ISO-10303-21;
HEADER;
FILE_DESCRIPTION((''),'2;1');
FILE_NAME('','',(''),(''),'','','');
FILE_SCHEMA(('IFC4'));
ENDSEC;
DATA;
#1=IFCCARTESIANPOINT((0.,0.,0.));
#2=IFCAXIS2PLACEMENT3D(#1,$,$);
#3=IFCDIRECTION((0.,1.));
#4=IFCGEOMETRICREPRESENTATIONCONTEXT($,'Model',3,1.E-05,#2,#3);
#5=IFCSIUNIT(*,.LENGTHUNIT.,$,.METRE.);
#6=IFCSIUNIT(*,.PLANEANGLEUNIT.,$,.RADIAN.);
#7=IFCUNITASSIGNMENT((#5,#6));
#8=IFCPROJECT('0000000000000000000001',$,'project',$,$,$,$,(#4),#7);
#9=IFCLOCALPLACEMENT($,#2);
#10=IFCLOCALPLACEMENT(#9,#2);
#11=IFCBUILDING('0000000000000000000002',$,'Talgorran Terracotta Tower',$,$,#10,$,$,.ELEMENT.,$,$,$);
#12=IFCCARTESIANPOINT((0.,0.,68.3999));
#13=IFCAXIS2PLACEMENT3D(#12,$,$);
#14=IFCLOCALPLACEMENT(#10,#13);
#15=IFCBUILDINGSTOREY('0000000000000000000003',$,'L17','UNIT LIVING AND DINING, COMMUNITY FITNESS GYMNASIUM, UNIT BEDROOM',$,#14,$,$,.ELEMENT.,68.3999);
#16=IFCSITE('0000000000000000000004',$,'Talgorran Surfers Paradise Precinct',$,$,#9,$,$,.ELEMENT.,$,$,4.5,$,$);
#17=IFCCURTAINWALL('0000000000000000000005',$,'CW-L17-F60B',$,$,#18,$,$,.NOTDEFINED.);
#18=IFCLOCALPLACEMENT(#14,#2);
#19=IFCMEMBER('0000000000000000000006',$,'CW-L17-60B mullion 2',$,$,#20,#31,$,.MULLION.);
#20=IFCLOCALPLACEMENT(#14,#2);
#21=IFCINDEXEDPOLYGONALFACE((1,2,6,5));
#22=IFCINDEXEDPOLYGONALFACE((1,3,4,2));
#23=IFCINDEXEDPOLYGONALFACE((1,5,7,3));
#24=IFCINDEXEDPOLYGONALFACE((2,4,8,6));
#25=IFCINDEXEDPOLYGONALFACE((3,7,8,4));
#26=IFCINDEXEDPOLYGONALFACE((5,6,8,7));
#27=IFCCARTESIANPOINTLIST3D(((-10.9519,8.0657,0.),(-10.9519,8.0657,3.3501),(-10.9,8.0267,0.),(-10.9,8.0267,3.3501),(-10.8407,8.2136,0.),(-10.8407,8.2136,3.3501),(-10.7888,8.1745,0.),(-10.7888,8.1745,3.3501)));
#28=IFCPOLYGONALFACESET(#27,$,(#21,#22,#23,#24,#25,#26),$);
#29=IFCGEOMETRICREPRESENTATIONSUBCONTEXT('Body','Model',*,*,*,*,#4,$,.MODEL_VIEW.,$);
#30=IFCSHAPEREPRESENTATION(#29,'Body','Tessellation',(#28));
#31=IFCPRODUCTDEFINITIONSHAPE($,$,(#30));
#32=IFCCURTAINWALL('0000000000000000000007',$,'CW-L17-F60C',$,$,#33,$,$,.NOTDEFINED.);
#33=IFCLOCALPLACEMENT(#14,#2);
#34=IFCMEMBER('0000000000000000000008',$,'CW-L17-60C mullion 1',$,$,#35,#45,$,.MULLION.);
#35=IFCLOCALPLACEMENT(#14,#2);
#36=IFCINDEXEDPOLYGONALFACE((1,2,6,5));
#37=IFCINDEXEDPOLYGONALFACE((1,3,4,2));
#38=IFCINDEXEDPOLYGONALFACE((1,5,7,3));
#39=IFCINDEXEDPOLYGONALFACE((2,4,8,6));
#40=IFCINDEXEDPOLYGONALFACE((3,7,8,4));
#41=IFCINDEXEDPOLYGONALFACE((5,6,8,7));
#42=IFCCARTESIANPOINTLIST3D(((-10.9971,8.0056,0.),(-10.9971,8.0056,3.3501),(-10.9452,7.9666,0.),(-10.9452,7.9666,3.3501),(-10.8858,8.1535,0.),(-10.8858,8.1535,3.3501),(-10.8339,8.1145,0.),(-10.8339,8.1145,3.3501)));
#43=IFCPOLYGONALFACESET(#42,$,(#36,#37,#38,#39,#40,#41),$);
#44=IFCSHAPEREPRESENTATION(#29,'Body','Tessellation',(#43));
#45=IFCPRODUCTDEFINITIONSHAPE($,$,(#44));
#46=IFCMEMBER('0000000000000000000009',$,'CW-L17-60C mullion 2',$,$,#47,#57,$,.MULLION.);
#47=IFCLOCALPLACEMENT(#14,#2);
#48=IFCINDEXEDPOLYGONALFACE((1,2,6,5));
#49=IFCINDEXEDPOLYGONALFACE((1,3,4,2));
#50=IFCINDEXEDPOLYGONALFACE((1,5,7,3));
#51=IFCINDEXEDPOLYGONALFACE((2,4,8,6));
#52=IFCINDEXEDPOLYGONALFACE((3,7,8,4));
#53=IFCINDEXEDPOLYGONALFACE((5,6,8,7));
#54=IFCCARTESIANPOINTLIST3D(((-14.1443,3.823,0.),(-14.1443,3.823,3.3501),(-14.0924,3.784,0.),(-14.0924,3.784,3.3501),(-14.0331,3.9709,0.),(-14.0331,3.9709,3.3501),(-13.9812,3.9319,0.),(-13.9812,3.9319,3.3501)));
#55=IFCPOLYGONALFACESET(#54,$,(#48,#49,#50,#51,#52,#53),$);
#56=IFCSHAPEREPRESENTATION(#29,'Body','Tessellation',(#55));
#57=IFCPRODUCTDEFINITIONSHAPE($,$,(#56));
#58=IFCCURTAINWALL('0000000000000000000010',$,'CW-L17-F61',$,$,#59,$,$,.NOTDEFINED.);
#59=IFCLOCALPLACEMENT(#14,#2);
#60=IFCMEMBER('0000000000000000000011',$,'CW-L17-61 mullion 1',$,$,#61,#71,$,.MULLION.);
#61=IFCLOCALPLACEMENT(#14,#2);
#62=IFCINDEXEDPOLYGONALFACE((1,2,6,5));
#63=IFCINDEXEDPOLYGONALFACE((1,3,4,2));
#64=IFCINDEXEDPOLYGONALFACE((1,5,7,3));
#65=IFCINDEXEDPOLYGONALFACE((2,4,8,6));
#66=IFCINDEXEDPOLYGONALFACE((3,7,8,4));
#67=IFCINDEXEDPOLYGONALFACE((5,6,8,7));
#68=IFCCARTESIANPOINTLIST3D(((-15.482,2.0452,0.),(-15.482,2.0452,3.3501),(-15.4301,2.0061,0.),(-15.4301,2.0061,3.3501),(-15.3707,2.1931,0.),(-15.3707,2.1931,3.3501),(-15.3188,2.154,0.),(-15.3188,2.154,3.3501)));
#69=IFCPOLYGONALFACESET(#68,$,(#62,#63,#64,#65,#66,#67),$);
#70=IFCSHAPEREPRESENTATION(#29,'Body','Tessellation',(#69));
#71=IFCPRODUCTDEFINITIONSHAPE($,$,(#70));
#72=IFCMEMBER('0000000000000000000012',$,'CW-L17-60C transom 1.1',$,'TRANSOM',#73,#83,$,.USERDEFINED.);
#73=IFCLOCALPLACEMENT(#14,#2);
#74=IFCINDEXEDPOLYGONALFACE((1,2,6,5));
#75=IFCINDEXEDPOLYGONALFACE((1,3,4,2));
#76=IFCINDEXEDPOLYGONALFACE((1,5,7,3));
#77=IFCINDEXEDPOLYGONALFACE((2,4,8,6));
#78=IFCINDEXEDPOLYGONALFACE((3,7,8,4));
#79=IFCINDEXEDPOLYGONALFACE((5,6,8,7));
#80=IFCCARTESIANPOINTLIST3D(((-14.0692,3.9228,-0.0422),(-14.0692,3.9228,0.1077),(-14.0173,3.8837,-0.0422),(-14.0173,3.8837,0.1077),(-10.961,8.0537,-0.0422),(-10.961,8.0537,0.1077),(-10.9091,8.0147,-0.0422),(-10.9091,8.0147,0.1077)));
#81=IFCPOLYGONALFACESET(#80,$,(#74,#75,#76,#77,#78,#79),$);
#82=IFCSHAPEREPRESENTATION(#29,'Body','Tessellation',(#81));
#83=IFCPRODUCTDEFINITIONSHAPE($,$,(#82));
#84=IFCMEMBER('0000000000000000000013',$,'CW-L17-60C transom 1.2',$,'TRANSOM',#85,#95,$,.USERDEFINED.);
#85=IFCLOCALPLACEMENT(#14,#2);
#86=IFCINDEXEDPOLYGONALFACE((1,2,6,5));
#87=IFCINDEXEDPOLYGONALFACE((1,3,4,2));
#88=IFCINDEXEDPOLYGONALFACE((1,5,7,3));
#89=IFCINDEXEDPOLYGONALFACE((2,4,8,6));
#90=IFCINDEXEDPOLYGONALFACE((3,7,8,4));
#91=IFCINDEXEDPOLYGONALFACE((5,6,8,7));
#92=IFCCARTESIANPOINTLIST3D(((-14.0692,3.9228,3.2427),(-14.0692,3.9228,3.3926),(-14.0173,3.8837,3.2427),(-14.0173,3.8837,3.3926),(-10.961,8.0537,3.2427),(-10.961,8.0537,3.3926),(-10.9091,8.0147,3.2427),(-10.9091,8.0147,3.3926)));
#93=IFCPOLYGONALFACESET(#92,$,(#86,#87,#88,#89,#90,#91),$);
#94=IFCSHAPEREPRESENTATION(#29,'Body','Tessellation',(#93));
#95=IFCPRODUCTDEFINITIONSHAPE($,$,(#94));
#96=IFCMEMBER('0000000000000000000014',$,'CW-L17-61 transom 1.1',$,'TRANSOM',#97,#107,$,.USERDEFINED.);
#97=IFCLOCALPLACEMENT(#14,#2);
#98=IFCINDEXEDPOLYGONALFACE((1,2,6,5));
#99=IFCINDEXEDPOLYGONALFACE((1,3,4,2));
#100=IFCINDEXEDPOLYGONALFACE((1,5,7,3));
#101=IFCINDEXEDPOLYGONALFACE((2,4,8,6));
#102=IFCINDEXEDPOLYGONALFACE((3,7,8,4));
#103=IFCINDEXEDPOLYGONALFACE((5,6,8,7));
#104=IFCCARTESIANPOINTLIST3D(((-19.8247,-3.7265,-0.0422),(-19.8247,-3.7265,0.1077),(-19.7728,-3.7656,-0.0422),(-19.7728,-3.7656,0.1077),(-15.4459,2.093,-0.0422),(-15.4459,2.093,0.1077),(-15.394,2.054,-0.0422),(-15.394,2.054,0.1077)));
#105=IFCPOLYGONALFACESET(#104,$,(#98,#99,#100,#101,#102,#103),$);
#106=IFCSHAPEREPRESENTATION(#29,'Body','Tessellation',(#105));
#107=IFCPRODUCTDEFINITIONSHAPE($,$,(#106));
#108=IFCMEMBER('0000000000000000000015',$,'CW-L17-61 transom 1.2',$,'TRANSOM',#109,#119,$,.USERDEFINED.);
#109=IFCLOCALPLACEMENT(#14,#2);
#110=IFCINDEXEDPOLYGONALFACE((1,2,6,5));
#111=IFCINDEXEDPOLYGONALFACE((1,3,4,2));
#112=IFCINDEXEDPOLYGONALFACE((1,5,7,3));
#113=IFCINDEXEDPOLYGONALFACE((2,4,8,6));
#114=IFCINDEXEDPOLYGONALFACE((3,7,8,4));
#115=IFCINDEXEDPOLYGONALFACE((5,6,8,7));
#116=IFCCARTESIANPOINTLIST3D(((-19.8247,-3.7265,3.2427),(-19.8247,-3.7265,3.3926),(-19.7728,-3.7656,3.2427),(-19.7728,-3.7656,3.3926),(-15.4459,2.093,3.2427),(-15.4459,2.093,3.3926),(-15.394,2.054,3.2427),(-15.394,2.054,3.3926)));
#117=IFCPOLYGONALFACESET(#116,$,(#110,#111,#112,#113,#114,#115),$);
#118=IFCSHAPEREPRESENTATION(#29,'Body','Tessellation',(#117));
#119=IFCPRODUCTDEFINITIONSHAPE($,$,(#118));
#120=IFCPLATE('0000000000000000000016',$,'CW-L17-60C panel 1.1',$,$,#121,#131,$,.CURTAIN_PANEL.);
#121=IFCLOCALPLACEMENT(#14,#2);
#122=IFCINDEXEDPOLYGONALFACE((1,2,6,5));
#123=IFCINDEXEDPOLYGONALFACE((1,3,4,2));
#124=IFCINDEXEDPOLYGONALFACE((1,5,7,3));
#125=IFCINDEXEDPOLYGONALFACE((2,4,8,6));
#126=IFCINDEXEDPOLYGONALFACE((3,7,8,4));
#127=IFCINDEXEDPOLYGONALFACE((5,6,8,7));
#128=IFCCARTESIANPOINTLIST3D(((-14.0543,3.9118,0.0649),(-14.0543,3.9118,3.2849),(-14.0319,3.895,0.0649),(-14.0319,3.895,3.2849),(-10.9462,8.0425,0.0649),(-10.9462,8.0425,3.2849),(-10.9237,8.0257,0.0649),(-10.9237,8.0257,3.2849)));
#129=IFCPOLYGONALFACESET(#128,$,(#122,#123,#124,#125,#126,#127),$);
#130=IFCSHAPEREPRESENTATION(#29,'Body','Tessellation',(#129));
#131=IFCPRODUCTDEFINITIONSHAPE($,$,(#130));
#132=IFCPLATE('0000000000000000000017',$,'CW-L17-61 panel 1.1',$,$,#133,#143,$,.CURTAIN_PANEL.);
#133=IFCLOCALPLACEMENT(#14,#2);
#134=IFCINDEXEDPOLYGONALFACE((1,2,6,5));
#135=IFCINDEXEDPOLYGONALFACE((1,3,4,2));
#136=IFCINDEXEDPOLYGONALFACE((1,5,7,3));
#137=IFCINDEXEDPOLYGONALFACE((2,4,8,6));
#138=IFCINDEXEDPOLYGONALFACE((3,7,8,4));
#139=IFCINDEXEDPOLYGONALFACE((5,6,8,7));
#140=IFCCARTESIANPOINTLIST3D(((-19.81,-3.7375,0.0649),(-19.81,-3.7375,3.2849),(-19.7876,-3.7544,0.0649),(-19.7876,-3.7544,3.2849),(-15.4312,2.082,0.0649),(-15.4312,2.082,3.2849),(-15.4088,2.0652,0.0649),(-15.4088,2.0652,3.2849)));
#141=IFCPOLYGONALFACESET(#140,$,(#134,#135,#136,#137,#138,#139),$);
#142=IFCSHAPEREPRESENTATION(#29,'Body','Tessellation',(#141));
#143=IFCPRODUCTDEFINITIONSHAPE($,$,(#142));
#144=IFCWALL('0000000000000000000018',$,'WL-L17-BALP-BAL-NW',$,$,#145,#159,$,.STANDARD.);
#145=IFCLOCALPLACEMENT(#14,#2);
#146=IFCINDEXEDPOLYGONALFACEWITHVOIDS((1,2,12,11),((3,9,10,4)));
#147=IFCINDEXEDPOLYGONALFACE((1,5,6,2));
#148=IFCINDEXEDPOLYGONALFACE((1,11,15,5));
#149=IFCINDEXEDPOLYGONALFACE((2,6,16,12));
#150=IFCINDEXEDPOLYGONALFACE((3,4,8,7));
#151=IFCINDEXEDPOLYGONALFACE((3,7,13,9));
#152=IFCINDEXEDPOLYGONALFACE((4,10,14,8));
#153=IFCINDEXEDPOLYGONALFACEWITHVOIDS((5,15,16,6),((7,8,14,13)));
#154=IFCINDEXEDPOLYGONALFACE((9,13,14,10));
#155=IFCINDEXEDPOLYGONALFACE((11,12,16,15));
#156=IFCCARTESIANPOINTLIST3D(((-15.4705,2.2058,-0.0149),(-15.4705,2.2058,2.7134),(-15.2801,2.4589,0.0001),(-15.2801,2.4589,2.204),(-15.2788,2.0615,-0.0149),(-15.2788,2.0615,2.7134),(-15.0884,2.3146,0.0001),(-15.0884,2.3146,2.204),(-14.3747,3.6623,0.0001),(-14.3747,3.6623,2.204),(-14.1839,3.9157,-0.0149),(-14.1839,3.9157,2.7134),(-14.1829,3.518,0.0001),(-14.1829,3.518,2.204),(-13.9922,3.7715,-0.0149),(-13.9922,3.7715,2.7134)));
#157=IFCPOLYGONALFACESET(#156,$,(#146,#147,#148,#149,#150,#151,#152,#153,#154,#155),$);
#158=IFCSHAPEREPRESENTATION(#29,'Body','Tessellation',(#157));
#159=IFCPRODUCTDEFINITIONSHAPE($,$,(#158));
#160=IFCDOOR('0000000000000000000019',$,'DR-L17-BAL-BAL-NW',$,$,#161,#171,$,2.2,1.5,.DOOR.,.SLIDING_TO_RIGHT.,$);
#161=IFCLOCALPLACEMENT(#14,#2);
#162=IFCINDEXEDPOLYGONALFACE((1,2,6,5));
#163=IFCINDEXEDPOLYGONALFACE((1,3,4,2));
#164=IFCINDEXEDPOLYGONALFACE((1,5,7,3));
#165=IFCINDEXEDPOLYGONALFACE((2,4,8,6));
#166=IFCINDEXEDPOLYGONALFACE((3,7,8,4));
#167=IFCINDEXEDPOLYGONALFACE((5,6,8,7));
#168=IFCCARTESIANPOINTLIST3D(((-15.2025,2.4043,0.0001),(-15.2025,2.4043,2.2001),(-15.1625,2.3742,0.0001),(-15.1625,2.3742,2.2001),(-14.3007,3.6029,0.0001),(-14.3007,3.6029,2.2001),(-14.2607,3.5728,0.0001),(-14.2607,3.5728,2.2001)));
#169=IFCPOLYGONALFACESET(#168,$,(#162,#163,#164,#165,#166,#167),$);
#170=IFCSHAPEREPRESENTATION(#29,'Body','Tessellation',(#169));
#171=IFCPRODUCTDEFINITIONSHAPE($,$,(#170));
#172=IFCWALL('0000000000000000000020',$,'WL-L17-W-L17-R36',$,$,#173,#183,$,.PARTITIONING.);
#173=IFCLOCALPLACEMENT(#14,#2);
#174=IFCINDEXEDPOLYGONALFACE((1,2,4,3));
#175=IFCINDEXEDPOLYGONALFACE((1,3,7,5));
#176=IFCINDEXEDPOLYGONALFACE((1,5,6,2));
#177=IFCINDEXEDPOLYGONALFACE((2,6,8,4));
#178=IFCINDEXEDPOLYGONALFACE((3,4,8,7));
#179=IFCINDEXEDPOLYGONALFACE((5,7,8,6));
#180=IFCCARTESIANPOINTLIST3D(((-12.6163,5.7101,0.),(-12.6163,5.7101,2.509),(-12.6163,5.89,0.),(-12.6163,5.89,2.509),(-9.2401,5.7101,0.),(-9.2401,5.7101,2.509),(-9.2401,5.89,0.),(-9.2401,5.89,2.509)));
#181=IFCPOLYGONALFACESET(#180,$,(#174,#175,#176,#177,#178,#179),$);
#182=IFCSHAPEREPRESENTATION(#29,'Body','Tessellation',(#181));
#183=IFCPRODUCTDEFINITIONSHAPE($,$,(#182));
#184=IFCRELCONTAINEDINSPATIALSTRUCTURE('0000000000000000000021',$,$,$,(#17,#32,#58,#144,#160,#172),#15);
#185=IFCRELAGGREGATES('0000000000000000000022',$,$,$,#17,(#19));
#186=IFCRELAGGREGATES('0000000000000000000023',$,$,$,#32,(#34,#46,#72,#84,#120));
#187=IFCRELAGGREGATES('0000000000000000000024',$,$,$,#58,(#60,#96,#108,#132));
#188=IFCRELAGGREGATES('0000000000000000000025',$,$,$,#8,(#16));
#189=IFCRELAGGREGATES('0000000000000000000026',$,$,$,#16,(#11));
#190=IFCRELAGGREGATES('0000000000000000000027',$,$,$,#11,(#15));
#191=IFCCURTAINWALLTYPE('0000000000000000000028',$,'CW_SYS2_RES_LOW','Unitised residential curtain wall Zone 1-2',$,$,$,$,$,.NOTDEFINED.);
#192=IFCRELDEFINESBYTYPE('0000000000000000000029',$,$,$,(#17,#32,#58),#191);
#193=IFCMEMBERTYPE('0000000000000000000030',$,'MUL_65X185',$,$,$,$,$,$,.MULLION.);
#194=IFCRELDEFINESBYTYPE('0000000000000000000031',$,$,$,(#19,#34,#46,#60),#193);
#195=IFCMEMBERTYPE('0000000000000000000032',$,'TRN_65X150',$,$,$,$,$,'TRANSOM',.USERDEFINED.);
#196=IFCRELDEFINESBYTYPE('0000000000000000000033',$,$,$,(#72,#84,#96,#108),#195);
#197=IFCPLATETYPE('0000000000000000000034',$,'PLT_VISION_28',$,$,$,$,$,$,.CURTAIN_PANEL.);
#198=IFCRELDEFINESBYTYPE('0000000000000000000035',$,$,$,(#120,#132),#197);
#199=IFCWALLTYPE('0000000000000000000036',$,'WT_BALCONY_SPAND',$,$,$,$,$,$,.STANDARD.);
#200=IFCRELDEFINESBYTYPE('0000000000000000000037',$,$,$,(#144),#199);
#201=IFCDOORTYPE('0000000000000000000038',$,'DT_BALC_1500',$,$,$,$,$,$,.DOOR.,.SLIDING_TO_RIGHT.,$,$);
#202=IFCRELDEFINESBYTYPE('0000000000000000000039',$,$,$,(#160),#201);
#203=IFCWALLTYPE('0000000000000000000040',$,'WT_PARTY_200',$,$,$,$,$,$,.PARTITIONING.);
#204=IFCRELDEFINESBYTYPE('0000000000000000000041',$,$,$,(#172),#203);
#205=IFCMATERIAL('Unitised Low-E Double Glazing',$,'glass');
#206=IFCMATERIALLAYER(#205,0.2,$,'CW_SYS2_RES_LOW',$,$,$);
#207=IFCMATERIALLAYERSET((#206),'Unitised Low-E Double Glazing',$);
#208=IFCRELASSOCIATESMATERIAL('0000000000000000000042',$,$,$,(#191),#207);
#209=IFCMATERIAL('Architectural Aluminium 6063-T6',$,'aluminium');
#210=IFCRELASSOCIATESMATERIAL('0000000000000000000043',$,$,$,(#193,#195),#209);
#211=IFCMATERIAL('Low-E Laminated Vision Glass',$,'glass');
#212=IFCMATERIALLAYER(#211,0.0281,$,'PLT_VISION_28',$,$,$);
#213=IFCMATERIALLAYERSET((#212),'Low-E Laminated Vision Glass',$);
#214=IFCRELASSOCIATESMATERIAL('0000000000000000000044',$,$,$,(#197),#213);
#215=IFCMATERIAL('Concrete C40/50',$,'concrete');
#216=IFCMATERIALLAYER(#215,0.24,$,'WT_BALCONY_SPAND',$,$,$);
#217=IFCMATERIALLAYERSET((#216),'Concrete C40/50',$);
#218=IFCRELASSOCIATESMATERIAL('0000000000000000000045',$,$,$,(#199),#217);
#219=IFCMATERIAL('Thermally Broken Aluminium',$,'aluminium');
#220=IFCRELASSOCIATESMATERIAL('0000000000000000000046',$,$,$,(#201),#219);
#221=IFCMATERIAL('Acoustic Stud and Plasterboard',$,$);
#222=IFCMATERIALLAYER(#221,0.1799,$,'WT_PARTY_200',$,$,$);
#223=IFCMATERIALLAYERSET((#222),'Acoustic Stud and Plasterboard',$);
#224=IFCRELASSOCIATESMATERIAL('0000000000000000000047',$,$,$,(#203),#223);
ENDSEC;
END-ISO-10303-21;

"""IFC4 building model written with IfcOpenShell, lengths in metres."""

from ifc_helpers import new_model, si_unit, direction, frame, frame_2d, origin, origin_2d, place, context, subcontext, project, spatial, rectangle, extrude, source, transform, mapped, material, layer, layer_set, material_profile, profile_set, type_object, type_shapes, element, fill, aggregate, save


model = new_model("IFC4")

# Units and contexts
model_context = context("Model", 3, precision=1e-05, world=origin(), true_north=direction((0.0, 1.0)))
body_context = subcontext(model_context, "Body", "Model", "MODEL_VIEW")
ifc_project = project(units=[si_unit("LENGTHUNIT", "METRE"), si_unit("PLANEANGLEUNIT", "RADIAN")], contexts=[model_context])

# Site, building, storey
site_placement = place(None, origin())
site = spatial("IfcSite", under=ifc_project, at=site_placement, Name="Talgorran Surfers Paradise Precinct", CompositionType="ELEMENT", RefElevation=4.5)
building_placement = place(site_placement, origin())
building = spatial("IfcBuilding", under=site, at=building_placement, Name="Talgorran Terracotta Tower", CompositionType="ELEMENT")
storey_placement = place(building_placement, frame((0.0, 0.0, 68.3999)))
storey = spatial("IfcBuildingStorey", under=building, at=storey_placement, Name="L17", Description="UNIT LIVING AND DINING, COMMUNITY FITNESS GYMNASIUM, UNIT BEDROOM", CompositionType="ELEMENT", Elevation=68.3999)

# Curtain wall, member
ifc_material_1 = material(Name="Unitised Low-E Double Glazing", Category="glass")
ifc_layer_1 = layer(ifc_material_1, 0.2, Name="CW_SYS2_RES_LOW")
ifc_layer_set_1 = layer_set([ifc_layer_1], Name="Unitised Low-E Double Glazing")
curtain_wall_type = type_object("IfcCurtainWallType", Name="CW_SYS2_RES_LOW", Description="Unitised residential curtain wall Zone 1-2", PredefinedType="NOTDEFINED", material=ifc_layer_set_1)
curtain_wall_1_placement = place(storey_placement, origin())
curtain_wall_1 = element("IfcCurtainWall", 1, at=curtain_wall_1_placement, inside=storey, type_object=curtain_wall_type, Name="CW-L17-F60B", PredefinedType="NOTDEFINED")
ifc_material_2 = material(Name="Architectural Aluminium 6063-T6", Category="aluminium")
ifc_material_profile_1 = material_profile(ifc_material_2, rectangle(XDim=0.0649, YDim=0.1851, at=origin_2d()), Name="CWM65X185")
ifc_profile_set_1 = profile_set([ifc_material_profile_1], Name="Architectural Aluminium 6063-T6")
member_type_1 = type_object("IfcMemberType", Name="MUL_65X185", PredefinedType="MULLION", material=ifc_profile_set_1)
member_1_placement = place(storey_placement, frame((-10.8704, 8.1201, 0.0), z_axis=(0.0, 0.0, 1.0), x_axis=(0.799063, -0.601248, 0.0)))
member_1 = element("IfcMember", 2, at=member_1_placement, type_object=member_type_1, Name="CW-L17-60B mullion 2", PredefinedType="MULLION", context=body_context, shape_type="SweptSolid", body=[
    extrude(rectangle(XDim=0.0649, YDim=0.1851, at=origin_2d()), origin(), (0.0, 0.0, 1.0), 3.3501),
])
aggregate(curtain_wall_1, [member_1])

# Curtain wall, members
curtain_wall_2_placement = place(storey_placement, origin())
curtain_wall_2 = element("IfcCurtainWall", 3, at=curtain_wall_2_placement, inside=storey, type_object=curtain_wall_type, Name="CW-L17-F60C", PredefinedType="NOTDEFINED")
member_2_placement = place(storey_placement, frame((-10.9155, 8.0601, 0.0), z_axis=(0.0, 0.0, 1.0), x_axis=(0.799062, -0.601249, 0.0)))
member_2 = element("IfcMember", 4, at=member_2_placement, type_object=member_type_1, Name="CW-L17-60C mullion 1", PredefinedType="MULLION", context=body_context, shape_type="SweptSolid", body=[
    extrude(rectangle(XDim=0.0649, YDim=0.1851, at=origin_2d()), origin(), (0.0, 0.0, 1.0), 3.3501),
])
member_3_placement = place(storey_placement, frame((-14.0627, 3.8774, 0.0), z_axis=(0.0, 0.0, 1.0), x_axis=(0.799062, -0.601249, 0.0)))
member_3 = element("IfcMember", 5, at=member_3_placement, type_object=member_type_1, Name="CW-L17-60C mullion 2", PredefinedType="MULLION", context=body_context, shape_type="SweptSolid", body=[
    extrude(rectangle(XDim=0.0649, YDim=0.1851, at=origin_2d()), origin(), (0.0, 0.0, 1.0), 3.3501),
])

# Curtain wall, member
curtain_wall_3_placement = place(storey_placement, origin())
curtain_wall_3 = element("IfcCurtainWall", 6, at=curtain_wall_3_placement, inside=storey, type_object=curtain_wall_type, Name="CW-L17-F61", PredefinedType="NOTDEFINED")
member_4_placement = place(storey_placement, frame((-15.4004, 2.0996, 0.0), z_axis=(0.0, 0.0, 1.0), x_axis=(0.799068, -0.60124, 0.0)))
member_4 = element("IfcMember", 7, at=member_4_placement, type_object=member_type_1, Name="CW-L17-61 mullion 1", PredefinedType="MULLION", context=body_context, shape_type="SweptSolid", body=[
    extrude(rectangle(XDim=0.0649, YDim=0.1851, at=origin_2d()), origin(), (0.0, 0.0, 1.0), 3.3501),
])

# Members
ifc_material_profile_2 = material_profile(ifc_material_2, rectangle(XDim=0.0649, YDim=0.1499, at=origin_2d()), Name="CWT65X150")
ifc_profile_set_2 = profile_set([ifc_material_profile_2], Name="Architectural Aluminium 6063-T6")
member_type_2 = type_object("IfcMemberType", Name="TRN_65X150", ElementType="TRANSOM", PredefinedType="USERDEFINED", material=ifc_profile_set_2)
member_5_placement = place(storey_placement, frame((-10.9351, 8.0342, 0.0327), z_axis=(-0.601238, -0.79907, 0.0), x_axis=(0.79907, -0.601238, 0.0)))
member_5 = element("IfcMember", 8, at=member_5_placement, type_object=member_type_2, Name="CW-L17-60C transom 1.1", ObjectType="TRANSOM", PredefinedType="USERDEFINED", context=body_context, shape_type="SweptSolid", body=[
    extrude(rectangle(XDim=0.0649, YDim=0.1499, at=origin_2d()), origin(), (0.0, 0.0, 1.0), 5.1697),
])
member_6_placement = place(storey_placement, frame((-10.9351, 8.0342, 3.3176), z_axis=(-0.601238, -0.79907, 0.0), x_axis=(0.79907, -0.601238, 0.0)))
member_6 = element("IfcMember", 9, at=member_6_placement, type_object=member_type_2, Name="CW-L17-60C transom 1.2", ObjectType="TRANSOM", PredefinedType="USERDEFINED", context=body_context, shape_type="SweptSolid", body=[
    extrude(rectangle(XDim=0.0649, YDim=0.1499, at=origin_2d()), origin(), (0.0, 0.0, 1.0), 5.1697),
])
member_7_placement = place(storey_placement, frame((-15.4199, 2.0735, 0.0327), z_axis=(-0.601249, -0.799062, 0.0), x_axis=(0.799062, -0.601249, 0.0)))
member_7 = element("IfcMember", 10, at=member_7_placement, type_object=member_type_2, Name="CW-L17-61 transom 1.1", ObjectType="TRANSOM", PredefinedType="USERDEFINED", context=body_context, shape_type="SweptSolid", body=[
    extrude(rectangle(XDim=0.0649, YDim=0.1499, at=origin_2d()), origin(), (0.0, 0.0, 1.0), 7.283),
])
member_8_placement = place(storey_placement, frame((-15.4199, 2.0735, 3.3176), z_axis=(-0.601249, -0.799062, 0.0), x_axis=(0.799062, -0.601249, 0.0)))
member_8 = element("IfcMember", 11, at=member_8_placement, type_object=member_type_2, Name="CW-L17-61 transom 1.2", ObjectType="TRANSOM", PredefinedType="USERDEFINED", context=body_context, shape_type="SweptSolid", body=[
    extrude(rectangle(XDim=0.0649, YDim=0.1499, at=origin_2d()), origin(), (0.0, 0.0, 1.0), 7.283),
])

# Plates
ifc_material_3 = material(Name="Low-E Laminated Vision Glass", Category="glass")
ifc_layer_2 = layer(ifc_material_3, 0.0281, Name="PLT_VISION_28")
ifc_layer_set_2 = layer_set([ifc_layer_2], Name="Low-E Laminated Vision Glass")
plate_type = type_object("IfcPlateType", Name="PLT_VISION_28", PredefinedType="CURTAIN_PANEL", material=ifc_layer_set_2)
shared_shape_1 = source(origin(), body_context, "Body", "SweptSolid", [
    extrude(rectangle(XDim=5.1694, YDim=0.0281, at=origin_2d()), origin(), (0.0, 0.0, 1.0), 3.22),
])
plate_1_placement = place(storey_placement, frame((-12.489, 5.9688, 0.0649), z_axis=(0.0, 0.0, 1.0), x_axis=(-0.601249, -0.799062, 0.0)))
plate_1 = element("IfcPlate", 12, at=plate_1_placement, type_object=plate_type, Name="CW-L17-60C panel 1.1", PredefinedType="CURTAIN_PANEL", context=body_context, shape_type="MappedRepresentation", body=[
    mapped(shared_shape_1, transform((0.0, 0.0, 0.0), scale=1.0)),
])
aggregate(curtain_wall_2, [member_2, member_3, member_5, member_6, plate_1])
shared_shape_2 = source(origin(), body_context, "Body", "SweptSolid", [
    extrude(rectangle(XDim=7.283, YDim=0.0281, at=origin_2d()), origin(), (0.0, 0.0, 1.0), 3.22),
])
type_shapes(plate_type, [shared_shape_1, shared_shape_2])
plate_2_placement = place(storey_placement, frame((-17.6094, -0.8362, 0.0649), z_axis=(0.0, 0.0, 1.0), x_axis=(-0.60124, -0.799068, 0.0)))
plate_2 = element("IfcPlate", 13, at=plate_2_placement, type_object=plate_type, Name="CW-L17-61 panel 1.1", PredefinedType="CURTAIN_PANEL", context=body_context, shape_type="MappedRepresentation", body=[
    mapped(shared_shape_2, transform((0.0, 0.0, 0.0), scale=1.0)),
])
aggregate(curtain_wall_3, [member_4, member_7, member_8, plate_2])

# Wall, opening, door
ifc_material_4 = material(Name="Concrete C40/50", Category="concrete")
ifc_layer_3 = layer(ifc_material_4, 0.24, Name="WT_BALCONY_SPAND")
ifc_layer_set_3 = layer_set([ifc_layer_3], Name="Concrete C40/50")
wall_type_1 = type_object("IfcWallType", Name="WT_BALCONY_SPAND", PredefinedType="STANDARD", material=ifc_layer_set_3)
wall_1_placement = place(storey_placement, frame((-14.0881, 3.8435, -0.0149), z_axis=(0.0, 0.0, 1.0), x_axis=(-0.601241, -0.799068, 0.0)))
wall_1 = element("IfcWall", 14, at=wall_1_placement, inside=storey, type_object=wall_type_1, Name="WL-L17-BALP-BAL-NW", PredefinedType="STANDARD", context=body_context, shape_type="SweptSolid", body=[
    extrude(rectangle(XDim=2.1399, YDim=0.24, at=frame_2d((1.0698, 0.0))), origin(), (0.0, 0.0, 1.0), 2.7283),
])
opening_placement = place(wall_1_placement, frame((0.3201, 0.0, 0.0149)))
opening = element("IfcOpeningElement", 15, at=opening_placement, cuts=wall_1, PredefinedType="OPENING", context=body_context, shape_type="SweptSolid", body=[
    extrude(rectangle(XDim=1.506, YDim=2.204, at=frame_2d((0.75, 1.1021))), frame((0.0, 0.1299, 0.0), z_axis=(0.0, -1.0, 0.0), x_axis=(1.0, 0.0, 0.0)), (0.0, 0.0, 1.0), 0.26),
])
ifc_material_5 = material(Name="Thermally Broken Aluminium", Category="aluminium")
door_type = type_object("IfcDoorType", Name="DT_BALC_1500", OperationType="SLIDING_TO_RIGHT", PredefinedType="DOOR", material=ifc_material_5)
door_placement = place(opening_placement, origin())
door = element("IfcDoor", 16, at=door_placement, inside=storey, type_object=door_type, Name="DR-L17-BAL-BAL-NW", OperationType="SLIDING_TO_RIGHT", OverallHeight=2.2, OverallWidth=1.5, PredefinedType="DOOR", context=body_context, shape_type="SweptSolid", body=[
    extrude(rectangle(XDim=1.5, YDim=2.2, at=frame_2d((0.75, 1.1001))), frame((0.0, 0.0249, 0.0), z_axis=(0.0, -1.0, 0.0), x_axis=(1.0, 0.0, 0.0)), (0.0, 0.0, 1.0), 0.05),
])
fill(opening, door)

# Wall
ifc_material_6 = material(Name="Acoustic Stud and Plasterboard")
ifc_layer_4 = layer(ifc_material_6, 0.1799, Name="WT_PARTY_200")
ifc_layer_set_4 = layer_set([ifc_layer_4], Name="Acoustic Stud and Plasterboard")
wall_type_2 = type_object("IfcWallType", Name="WT_PARTY_200", PredefinedType="PARTITIONING", material=ifc_layer_set_4)
wall_2_placement = place(storey_placement, frame((-12.6162, 5.8, 0.0), z_axis=(0.0, 0.0, 1.0), x_axis=(1.0, 0.0, 0.0)))
element("IfcWall", 17, at=wall_2_placement, inside=storey, type_object=wall_type_2, Name="WL-L17-W-L17-R36", PredefinedType="PARTITIONING", context=body_context, shape_type="SweptSolid", body=[
    extrude(rectangle(XDim=3.3762, YDim=0.1799, at=frame_2d((1.688, 0.0))), origin(), (0.0, 0.0, 1.0), 2.509),
])

save(model, "model.ifc")
